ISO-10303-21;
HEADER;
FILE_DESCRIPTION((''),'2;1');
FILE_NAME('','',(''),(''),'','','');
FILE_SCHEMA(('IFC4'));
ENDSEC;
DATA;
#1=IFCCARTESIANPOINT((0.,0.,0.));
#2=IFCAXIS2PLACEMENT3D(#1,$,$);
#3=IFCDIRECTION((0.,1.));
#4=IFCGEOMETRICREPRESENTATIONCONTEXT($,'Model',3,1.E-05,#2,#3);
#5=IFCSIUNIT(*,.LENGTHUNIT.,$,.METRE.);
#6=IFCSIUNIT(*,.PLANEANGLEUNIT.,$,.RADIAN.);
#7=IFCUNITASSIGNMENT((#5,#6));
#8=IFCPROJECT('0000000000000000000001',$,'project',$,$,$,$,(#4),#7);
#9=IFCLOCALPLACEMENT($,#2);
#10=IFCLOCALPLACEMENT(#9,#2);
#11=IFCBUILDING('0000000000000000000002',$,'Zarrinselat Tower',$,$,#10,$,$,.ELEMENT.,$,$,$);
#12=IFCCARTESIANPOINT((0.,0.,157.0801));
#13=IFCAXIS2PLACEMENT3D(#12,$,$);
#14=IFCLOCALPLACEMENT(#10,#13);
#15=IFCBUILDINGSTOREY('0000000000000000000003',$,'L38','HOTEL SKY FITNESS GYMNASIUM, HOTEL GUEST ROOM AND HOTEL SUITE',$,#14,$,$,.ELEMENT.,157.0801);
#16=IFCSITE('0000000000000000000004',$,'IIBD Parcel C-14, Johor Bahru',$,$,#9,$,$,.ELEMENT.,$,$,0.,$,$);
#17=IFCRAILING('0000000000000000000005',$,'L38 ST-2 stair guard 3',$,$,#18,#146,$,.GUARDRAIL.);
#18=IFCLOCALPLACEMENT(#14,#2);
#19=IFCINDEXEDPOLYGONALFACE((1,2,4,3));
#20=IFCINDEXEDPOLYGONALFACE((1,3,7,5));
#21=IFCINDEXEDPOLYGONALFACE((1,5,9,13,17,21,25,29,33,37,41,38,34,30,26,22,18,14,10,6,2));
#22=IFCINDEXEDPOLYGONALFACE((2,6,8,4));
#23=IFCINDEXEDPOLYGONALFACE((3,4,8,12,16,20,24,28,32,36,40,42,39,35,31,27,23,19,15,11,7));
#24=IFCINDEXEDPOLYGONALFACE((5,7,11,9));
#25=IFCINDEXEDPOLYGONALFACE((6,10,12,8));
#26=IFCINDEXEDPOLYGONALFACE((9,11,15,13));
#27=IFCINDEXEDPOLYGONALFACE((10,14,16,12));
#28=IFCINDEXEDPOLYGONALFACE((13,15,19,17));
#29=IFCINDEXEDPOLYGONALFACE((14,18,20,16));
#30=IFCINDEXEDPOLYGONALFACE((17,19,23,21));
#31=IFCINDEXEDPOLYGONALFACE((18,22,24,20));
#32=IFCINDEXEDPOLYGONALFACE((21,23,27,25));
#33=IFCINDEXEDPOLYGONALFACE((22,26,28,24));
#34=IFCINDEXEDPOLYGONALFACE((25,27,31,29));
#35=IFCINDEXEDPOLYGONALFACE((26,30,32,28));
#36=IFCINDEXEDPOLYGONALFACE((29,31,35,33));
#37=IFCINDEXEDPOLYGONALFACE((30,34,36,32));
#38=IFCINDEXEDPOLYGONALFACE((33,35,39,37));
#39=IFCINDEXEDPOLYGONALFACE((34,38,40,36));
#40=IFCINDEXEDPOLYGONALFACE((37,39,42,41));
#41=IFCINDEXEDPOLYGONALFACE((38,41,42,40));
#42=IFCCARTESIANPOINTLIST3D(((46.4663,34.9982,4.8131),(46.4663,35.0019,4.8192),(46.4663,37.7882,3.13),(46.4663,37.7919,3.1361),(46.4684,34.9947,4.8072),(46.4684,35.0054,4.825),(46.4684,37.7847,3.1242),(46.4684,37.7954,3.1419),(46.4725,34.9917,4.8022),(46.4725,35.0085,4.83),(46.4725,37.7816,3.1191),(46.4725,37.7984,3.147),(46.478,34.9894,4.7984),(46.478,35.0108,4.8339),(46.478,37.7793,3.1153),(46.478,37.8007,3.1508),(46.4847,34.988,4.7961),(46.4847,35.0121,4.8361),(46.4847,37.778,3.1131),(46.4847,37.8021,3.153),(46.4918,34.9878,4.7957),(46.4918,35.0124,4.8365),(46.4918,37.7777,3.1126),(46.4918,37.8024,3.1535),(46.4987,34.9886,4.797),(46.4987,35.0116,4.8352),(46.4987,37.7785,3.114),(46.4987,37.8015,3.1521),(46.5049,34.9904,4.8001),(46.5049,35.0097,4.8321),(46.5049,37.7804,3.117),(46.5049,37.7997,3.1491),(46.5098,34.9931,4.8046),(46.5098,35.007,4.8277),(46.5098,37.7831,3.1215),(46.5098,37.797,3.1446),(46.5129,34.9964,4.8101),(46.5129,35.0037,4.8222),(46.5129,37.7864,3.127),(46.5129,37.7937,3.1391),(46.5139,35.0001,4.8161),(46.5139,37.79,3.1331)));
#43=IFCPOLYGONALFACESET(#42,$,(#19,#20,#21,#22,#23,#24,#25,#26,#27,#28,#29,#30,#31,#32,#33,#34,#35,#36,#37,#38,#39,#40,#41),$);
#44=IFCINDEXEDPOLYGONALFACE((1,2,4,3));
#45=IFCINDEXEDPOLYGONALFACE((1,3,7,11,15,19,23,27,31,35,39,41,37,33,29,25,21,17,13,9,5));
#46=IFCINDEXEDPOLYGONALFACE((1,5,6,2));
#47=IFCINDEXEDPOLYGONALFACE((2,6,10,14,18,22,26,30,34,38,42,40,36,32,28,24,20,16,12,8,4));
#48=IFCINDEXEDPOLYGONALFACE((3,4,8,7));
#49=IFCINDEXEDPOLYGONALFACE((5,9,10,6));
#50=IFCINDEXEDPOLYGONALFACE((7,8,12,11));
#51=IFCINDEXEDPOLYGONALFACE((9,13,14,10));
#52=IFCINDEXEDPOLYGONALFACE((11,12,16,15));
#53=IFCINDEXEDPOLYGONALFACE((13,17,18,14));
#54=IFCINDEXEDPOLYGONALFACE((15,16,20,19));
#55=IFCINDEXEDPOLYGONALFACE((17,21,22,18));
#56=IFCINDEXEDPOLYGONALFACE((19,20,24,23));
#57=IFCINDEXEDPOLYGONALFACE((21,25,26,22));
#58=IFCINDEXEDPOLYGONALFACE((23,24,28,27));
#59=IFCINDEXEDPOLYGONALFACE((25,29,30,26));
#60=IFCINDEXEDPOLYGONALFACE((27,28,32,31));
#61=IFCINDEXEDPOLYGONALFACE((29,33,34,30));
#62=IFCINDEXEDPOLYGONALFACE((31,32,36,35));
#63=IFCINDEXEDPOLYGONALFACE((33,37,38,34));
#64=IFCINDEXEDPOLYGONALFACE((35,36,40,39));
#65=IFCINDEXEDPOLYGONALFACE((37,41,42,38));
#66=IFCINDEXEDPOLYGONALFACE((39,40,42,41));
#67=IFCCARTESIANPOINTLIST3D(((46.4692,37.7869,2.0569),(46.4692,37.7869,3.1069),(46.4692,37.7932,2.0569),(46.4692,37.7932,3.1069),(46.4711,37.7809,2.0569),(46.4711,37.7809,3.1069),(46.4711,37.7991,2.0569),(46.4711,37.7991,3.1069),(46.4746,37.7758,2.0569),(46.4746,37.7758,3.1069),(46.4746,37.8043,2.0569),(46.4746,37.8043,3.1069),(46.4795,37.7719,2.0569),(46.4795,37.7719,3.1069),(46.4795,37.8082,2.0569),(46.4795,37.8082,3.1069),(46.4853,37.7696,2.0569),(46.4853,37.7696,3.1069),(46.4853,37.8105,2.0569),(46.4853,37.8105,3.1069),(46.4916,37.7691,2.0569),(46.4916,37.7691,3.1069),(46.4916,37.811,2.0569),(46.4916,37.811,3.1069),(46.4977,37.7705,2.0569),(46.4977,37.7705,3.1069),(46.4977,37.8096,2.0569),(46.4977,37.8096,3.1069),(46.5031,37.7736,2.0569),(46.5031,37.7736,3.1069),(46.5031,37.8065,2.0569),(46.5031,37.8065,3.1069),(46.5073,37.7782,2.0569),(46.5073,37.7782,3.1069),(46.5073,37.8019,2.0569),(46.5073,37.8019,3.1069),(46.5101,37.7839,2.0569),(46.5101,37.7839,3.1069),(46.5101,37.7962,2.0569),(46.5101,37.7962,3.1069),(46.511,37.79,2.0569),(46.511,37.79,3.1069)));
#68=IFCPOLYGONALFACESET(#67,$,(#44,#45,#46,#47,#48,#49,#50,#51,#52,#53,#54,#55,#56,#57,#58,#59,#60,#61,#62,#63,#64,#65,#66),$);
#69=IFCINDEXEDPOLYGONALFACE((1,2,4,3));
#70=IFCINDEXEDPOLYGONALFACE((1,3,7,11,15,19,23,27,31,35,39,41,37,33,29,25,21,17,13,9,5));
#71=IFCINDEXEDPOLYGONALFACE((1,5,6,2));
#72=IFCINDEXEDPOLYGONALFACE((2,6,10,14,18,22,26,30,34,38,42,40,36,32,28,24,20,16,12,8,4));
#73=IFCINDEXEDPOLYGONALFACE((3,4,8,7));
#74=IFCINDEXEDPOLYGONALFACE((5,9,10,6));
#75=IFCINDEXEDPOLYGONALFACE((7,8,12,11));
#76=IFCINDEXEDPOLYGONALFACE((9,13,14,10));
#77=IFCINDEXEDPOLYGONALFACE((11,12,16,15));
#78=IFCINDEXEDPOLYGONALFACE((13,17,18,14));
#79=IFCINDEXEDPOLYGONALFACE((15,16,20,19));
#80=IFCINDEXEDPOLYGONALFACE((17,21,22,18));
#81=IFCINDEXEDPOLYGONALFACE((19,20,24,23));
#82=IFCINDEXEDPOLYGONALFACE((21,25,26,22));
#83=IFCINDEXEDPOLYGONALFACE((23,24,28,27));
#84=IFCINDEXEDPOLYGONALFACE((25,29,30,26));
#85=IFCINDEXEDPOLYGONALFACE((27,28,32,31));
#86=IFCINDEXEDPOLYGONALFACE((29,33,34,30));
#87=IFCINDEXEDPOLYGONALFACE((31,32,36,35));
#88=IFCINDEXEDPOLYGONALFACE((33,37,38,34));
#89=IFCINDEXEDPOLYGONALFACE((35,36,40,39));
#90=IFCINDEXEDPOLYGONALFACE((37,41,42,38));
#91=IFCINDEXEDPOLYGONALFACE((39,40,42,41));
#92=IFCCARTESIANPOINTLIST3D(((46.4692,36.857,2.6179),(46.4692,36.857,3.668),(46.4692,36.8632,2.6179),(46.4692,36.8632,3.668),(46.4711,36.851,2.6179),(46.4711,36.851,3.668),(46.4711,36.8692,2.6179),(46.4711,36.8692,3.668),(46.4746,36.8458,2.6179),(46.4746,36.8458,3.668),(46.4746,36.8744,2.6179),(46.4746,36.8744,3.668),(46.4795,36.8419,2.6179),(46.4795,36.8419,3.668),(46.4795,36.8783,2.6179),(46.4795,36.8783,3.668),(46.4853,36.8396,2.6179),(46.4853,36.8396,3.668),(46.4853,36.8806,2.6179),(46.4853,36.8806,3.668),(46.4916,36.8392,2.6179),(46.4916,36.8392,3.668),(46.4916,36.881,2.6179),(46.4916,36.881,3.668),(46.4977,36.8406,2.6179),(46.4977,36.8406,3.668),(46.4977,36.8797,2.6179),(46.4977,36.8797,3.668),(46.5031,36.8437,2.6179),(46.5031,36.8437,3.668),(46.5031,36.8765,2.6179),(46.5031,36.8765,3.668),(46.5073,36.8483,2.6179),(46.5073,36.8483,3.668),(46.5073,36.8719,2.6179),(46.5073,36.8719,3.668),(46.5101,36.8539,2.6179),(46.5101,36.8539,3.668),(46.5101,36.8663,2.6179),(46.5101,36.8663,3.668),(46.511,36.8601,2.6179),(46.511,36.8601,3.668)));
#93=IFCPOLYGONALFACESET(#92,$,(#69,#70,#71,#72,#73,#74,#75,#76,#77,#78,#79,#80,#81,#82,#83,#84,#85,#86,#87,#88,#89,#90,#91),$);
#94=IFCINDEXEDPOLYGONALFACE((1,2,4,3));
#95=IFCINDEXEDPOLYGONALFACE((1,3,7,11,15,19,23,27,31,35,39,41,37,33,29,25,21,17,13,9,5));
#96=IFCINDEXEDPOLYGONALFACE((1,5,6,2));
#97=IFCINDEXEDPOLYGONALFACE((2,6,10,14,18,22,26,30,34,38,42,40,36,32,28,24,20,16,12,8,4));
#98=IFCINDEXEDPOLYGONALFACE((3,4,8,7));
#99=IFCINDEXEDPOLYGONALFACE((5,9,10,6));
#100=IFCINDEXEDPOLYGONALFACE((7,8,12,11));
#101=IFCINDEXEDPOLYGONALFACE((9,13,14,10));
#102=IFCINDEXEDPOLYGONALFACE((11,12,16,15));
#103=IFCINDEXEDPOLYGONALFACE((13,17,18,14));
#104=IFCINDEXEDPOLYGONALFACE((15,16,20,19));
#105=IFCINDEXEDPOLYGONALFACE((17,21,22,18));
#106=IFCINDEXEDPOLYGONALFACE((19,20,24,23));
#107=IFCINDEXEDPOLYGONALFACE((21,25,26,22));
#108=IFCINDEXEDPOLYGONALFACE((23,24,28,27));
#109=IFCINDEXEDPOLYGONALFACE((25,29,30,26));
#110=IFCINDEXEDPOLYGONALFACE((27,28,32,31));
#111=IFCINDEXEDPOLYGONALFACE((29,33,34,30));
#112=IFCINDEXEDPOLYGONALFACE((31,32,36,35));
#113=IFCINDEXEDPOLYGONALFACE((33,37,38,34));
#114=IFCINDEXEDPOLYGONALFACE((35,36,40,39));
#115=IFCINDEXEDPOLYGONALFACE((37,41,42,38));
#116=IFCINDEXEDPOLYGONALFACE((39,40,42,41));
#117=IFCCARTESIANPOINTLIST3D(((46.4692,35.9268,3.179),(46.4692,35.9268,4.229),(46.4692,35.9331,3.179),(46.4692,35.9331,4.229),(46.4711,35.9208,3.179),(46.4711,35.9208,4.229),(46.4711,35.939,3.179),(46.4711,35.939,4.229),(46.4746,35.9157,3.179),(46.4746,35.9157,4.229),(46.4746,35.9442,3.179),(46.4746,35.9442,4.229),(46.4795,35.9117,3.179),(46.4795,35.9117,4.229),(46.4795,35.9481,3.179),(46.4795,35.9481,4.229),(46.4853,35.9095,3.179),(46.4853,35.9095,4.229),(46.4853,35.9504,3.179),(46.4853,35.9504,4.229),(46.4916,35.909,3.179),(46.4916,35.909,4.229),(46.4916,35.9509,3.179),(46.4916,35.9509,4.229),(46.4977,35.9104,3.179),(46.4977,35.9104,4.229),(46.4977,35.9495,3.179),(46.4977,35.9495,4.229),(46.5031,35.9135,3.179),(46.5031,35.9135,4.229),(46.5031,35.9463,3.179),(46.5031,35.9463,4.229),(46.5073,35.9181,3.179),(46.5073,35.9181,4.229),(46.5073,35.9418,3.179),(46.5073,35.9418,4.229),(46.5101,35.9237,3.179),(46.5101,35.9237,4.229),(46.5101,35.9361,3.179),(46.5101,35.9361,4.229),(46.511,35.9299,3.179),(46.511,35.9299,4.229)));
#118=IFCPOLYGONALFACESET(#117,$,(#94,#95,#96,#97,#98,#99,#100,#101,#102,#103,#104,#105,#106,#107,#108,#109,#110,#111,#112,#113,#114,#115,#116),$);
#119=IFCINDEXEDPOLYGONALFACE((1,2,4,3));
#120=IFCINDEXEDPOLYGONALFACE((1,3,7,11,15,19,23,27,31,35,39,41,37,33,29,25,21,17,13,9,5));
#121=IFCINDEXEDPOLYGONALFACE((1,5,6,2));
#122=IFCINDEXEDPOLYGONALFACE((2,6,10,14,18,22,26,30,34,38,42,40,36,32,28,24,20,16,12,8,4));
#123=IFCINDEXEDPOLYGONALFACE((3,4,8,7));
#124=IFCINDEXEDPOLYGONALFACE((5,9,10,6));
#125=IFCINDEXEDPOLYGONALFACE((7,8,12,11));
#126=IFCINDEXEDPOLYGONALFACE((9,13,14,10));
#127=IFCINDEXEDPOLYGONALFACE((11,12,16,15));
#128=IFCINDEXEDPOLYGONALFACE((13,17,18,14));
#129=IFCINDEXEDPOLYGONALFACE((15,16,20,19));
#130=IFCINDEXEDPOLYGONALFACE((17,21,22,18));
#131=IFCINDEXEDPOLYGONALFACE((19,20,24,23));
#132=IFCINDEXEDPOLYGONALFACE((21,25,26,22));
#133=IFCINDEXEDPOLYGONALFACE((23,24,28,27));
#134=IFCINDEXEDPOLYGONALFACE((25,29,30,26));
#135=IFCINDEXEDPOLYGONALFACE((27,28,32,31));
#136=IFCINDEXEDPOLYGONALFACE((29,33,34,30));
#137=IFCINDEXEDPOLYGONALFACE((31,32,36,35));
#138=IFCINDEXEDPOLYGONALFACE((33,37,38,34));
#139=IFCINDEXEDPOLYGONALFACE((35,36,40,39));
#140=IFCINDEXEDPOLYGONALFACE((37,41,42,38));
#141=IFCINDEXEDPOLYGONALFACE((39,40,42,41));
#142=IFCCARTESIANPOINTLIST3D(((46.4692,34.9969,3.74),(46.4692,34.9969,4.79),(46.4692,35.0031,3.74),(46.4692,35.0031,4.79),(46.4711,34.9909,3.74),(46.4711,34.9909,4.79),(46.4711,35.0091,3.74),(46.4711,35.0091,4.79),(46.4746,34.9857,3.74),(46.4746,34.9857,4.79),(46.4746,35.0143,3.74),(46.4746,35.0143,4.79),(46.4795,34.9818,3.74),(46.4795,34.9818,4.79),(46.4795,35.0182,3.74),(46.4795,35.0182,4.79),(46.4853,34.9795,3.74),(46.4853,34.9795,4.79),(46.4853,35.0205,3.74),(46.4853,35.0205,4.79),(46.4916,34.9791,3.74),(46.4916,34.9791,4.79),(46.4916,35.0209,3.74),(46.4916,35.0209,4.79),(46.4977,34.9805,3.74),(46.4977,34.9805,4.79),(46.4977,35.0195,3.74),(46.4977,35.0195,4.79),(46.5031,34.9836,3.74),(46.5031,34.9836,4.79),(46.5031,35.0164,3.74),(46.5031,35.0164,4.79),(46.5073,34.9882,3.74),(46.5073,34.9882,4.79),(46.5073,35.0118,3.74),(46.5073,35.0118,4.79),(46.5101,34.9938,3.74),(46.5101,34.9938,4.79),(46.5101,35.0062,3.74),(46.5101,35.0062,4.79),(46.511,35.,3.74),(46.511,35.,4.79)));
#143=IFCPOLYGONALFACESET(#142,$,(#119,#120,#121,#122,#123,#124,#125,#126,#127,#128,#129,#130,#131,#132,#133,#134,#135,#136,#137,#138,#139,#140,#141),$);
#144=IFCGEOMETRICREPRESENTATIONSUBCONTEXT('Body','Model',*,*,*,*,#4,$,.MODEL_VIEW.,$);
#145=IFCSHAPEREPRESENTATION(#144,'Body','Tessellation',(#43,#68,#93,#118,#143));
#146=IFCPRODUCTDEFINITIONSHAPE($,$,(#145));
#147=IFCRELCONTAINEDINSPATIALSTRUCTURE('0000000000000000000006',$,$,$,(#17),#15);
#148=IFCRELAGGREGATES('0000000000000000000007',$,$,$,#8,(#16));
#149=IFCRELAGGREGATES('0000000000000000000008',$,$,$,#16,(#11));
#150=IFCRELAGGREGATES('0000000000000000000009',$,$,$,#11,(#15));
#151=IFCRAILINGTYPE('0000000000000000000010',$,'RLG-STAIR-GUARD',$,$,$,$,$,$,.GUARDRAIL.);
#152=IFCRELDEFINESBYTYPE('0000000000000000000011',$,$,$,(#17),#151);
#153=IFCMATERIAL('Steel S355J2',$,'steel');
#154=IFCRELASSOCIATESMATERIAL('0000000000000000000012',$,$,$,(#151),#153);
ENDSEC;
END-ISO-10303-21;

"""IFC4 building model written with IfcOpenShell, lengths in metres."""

from ifc_helpers import new_model, si_unit, direction, frame, origin, origin_2d, place, context, subcontext, project, spatial, circle, extrude, material, type_object, element, save


model = new_model("IFC4")

# Units and contexts
model_context = context("Model", 3, precision=1e-05, world=origin(), true_north=direction((0.0, 1.0)))
body_context = subcontext(model_context, "Body", "Model", "MODEL_VIEW")
ifc_project = project(units=[si_unit("LENGTHUNIT", "METRE"), si_unit("PLANEANGLEUNIT", "RADIAN")], contexts=[model_context])

# Site, building, storey
site_placement = place(None, origin())
site = spatial("IfcSite", under=ifc_project, at=site_placement, Name="IIBD Parcel C-14, Johor Bahru", CompositionType="ELEMENT", RefElevation=0.0)
building_placement = place(site_placement, origin())
building = spatial("IfcBuilding", under=site, at=building_placement, Name="Zarrinselat Tower", CompositionType="ELEMENT")
storey_placement = place(building_placement, frame((0.0, 0.0, 157.0801)))
storey = spatial("IfcBuildingStorey", under=building, at=storey_placement, Name="L38", Description="HOTEL SKY FITNESS GYMNASIUM, HOTEL GUEST ROOM AND HOTEL SUITE", CompositionType="ELEMENT", Elevation=157.0801)

# Railing
ifc_material_1 = material(Name="Steel S355J2", Category="steel")
railing_type_1 = type_object("IfcRailingType", Name="RLG-STAIR-GUARD", PredefinedType="GUARDRAIL", material=ifc_material_1)
railing_1_placement = place(storey_placement, frame((46.49, 37.79, 2.0569)))
element("IfcRailing", 1, at=railing_1_placement, inside=storey, type_object=railing_type_1, Name="L38 ST-2 stair guard 3", PredefinedType="GUARDRAIL", context=body_context, shape_type="SweptSolid", body=[
    extrude(circle(Radius=0.0239, at=origin_2d()), frame((0.0, 0.0, 1.0762), z_axis=(0.0, -0.856261, 0.516544), x_axis=(1.0, 0.0, 0.0)), (0.0, 0.0, 1.0), 3.2583),
    extrude(circle(Radius=0.021, at=origin_2d()), origin(), (0.0, 0.0, 1.0), 1.05),
    extrude(circle(Radius=0.021, at=origin_2d()), frame((0.0, -0.9299, 0.561)), (0.0, 0.0, 1.0), 1.05),
    extrude(circle(Radius=0.021, at=origin_2d()), frame((0.0, -1.8601, 1.1221)), (0.0, 0.0, 1.0), 1.05),
    extrude(circle(Radius=0.021, at=origin_2d()), frame((0.0, -2.79, 1.6831)), (0.0, 0.0, 1.0), 1.05),
])

save(model, "model.ifc")
